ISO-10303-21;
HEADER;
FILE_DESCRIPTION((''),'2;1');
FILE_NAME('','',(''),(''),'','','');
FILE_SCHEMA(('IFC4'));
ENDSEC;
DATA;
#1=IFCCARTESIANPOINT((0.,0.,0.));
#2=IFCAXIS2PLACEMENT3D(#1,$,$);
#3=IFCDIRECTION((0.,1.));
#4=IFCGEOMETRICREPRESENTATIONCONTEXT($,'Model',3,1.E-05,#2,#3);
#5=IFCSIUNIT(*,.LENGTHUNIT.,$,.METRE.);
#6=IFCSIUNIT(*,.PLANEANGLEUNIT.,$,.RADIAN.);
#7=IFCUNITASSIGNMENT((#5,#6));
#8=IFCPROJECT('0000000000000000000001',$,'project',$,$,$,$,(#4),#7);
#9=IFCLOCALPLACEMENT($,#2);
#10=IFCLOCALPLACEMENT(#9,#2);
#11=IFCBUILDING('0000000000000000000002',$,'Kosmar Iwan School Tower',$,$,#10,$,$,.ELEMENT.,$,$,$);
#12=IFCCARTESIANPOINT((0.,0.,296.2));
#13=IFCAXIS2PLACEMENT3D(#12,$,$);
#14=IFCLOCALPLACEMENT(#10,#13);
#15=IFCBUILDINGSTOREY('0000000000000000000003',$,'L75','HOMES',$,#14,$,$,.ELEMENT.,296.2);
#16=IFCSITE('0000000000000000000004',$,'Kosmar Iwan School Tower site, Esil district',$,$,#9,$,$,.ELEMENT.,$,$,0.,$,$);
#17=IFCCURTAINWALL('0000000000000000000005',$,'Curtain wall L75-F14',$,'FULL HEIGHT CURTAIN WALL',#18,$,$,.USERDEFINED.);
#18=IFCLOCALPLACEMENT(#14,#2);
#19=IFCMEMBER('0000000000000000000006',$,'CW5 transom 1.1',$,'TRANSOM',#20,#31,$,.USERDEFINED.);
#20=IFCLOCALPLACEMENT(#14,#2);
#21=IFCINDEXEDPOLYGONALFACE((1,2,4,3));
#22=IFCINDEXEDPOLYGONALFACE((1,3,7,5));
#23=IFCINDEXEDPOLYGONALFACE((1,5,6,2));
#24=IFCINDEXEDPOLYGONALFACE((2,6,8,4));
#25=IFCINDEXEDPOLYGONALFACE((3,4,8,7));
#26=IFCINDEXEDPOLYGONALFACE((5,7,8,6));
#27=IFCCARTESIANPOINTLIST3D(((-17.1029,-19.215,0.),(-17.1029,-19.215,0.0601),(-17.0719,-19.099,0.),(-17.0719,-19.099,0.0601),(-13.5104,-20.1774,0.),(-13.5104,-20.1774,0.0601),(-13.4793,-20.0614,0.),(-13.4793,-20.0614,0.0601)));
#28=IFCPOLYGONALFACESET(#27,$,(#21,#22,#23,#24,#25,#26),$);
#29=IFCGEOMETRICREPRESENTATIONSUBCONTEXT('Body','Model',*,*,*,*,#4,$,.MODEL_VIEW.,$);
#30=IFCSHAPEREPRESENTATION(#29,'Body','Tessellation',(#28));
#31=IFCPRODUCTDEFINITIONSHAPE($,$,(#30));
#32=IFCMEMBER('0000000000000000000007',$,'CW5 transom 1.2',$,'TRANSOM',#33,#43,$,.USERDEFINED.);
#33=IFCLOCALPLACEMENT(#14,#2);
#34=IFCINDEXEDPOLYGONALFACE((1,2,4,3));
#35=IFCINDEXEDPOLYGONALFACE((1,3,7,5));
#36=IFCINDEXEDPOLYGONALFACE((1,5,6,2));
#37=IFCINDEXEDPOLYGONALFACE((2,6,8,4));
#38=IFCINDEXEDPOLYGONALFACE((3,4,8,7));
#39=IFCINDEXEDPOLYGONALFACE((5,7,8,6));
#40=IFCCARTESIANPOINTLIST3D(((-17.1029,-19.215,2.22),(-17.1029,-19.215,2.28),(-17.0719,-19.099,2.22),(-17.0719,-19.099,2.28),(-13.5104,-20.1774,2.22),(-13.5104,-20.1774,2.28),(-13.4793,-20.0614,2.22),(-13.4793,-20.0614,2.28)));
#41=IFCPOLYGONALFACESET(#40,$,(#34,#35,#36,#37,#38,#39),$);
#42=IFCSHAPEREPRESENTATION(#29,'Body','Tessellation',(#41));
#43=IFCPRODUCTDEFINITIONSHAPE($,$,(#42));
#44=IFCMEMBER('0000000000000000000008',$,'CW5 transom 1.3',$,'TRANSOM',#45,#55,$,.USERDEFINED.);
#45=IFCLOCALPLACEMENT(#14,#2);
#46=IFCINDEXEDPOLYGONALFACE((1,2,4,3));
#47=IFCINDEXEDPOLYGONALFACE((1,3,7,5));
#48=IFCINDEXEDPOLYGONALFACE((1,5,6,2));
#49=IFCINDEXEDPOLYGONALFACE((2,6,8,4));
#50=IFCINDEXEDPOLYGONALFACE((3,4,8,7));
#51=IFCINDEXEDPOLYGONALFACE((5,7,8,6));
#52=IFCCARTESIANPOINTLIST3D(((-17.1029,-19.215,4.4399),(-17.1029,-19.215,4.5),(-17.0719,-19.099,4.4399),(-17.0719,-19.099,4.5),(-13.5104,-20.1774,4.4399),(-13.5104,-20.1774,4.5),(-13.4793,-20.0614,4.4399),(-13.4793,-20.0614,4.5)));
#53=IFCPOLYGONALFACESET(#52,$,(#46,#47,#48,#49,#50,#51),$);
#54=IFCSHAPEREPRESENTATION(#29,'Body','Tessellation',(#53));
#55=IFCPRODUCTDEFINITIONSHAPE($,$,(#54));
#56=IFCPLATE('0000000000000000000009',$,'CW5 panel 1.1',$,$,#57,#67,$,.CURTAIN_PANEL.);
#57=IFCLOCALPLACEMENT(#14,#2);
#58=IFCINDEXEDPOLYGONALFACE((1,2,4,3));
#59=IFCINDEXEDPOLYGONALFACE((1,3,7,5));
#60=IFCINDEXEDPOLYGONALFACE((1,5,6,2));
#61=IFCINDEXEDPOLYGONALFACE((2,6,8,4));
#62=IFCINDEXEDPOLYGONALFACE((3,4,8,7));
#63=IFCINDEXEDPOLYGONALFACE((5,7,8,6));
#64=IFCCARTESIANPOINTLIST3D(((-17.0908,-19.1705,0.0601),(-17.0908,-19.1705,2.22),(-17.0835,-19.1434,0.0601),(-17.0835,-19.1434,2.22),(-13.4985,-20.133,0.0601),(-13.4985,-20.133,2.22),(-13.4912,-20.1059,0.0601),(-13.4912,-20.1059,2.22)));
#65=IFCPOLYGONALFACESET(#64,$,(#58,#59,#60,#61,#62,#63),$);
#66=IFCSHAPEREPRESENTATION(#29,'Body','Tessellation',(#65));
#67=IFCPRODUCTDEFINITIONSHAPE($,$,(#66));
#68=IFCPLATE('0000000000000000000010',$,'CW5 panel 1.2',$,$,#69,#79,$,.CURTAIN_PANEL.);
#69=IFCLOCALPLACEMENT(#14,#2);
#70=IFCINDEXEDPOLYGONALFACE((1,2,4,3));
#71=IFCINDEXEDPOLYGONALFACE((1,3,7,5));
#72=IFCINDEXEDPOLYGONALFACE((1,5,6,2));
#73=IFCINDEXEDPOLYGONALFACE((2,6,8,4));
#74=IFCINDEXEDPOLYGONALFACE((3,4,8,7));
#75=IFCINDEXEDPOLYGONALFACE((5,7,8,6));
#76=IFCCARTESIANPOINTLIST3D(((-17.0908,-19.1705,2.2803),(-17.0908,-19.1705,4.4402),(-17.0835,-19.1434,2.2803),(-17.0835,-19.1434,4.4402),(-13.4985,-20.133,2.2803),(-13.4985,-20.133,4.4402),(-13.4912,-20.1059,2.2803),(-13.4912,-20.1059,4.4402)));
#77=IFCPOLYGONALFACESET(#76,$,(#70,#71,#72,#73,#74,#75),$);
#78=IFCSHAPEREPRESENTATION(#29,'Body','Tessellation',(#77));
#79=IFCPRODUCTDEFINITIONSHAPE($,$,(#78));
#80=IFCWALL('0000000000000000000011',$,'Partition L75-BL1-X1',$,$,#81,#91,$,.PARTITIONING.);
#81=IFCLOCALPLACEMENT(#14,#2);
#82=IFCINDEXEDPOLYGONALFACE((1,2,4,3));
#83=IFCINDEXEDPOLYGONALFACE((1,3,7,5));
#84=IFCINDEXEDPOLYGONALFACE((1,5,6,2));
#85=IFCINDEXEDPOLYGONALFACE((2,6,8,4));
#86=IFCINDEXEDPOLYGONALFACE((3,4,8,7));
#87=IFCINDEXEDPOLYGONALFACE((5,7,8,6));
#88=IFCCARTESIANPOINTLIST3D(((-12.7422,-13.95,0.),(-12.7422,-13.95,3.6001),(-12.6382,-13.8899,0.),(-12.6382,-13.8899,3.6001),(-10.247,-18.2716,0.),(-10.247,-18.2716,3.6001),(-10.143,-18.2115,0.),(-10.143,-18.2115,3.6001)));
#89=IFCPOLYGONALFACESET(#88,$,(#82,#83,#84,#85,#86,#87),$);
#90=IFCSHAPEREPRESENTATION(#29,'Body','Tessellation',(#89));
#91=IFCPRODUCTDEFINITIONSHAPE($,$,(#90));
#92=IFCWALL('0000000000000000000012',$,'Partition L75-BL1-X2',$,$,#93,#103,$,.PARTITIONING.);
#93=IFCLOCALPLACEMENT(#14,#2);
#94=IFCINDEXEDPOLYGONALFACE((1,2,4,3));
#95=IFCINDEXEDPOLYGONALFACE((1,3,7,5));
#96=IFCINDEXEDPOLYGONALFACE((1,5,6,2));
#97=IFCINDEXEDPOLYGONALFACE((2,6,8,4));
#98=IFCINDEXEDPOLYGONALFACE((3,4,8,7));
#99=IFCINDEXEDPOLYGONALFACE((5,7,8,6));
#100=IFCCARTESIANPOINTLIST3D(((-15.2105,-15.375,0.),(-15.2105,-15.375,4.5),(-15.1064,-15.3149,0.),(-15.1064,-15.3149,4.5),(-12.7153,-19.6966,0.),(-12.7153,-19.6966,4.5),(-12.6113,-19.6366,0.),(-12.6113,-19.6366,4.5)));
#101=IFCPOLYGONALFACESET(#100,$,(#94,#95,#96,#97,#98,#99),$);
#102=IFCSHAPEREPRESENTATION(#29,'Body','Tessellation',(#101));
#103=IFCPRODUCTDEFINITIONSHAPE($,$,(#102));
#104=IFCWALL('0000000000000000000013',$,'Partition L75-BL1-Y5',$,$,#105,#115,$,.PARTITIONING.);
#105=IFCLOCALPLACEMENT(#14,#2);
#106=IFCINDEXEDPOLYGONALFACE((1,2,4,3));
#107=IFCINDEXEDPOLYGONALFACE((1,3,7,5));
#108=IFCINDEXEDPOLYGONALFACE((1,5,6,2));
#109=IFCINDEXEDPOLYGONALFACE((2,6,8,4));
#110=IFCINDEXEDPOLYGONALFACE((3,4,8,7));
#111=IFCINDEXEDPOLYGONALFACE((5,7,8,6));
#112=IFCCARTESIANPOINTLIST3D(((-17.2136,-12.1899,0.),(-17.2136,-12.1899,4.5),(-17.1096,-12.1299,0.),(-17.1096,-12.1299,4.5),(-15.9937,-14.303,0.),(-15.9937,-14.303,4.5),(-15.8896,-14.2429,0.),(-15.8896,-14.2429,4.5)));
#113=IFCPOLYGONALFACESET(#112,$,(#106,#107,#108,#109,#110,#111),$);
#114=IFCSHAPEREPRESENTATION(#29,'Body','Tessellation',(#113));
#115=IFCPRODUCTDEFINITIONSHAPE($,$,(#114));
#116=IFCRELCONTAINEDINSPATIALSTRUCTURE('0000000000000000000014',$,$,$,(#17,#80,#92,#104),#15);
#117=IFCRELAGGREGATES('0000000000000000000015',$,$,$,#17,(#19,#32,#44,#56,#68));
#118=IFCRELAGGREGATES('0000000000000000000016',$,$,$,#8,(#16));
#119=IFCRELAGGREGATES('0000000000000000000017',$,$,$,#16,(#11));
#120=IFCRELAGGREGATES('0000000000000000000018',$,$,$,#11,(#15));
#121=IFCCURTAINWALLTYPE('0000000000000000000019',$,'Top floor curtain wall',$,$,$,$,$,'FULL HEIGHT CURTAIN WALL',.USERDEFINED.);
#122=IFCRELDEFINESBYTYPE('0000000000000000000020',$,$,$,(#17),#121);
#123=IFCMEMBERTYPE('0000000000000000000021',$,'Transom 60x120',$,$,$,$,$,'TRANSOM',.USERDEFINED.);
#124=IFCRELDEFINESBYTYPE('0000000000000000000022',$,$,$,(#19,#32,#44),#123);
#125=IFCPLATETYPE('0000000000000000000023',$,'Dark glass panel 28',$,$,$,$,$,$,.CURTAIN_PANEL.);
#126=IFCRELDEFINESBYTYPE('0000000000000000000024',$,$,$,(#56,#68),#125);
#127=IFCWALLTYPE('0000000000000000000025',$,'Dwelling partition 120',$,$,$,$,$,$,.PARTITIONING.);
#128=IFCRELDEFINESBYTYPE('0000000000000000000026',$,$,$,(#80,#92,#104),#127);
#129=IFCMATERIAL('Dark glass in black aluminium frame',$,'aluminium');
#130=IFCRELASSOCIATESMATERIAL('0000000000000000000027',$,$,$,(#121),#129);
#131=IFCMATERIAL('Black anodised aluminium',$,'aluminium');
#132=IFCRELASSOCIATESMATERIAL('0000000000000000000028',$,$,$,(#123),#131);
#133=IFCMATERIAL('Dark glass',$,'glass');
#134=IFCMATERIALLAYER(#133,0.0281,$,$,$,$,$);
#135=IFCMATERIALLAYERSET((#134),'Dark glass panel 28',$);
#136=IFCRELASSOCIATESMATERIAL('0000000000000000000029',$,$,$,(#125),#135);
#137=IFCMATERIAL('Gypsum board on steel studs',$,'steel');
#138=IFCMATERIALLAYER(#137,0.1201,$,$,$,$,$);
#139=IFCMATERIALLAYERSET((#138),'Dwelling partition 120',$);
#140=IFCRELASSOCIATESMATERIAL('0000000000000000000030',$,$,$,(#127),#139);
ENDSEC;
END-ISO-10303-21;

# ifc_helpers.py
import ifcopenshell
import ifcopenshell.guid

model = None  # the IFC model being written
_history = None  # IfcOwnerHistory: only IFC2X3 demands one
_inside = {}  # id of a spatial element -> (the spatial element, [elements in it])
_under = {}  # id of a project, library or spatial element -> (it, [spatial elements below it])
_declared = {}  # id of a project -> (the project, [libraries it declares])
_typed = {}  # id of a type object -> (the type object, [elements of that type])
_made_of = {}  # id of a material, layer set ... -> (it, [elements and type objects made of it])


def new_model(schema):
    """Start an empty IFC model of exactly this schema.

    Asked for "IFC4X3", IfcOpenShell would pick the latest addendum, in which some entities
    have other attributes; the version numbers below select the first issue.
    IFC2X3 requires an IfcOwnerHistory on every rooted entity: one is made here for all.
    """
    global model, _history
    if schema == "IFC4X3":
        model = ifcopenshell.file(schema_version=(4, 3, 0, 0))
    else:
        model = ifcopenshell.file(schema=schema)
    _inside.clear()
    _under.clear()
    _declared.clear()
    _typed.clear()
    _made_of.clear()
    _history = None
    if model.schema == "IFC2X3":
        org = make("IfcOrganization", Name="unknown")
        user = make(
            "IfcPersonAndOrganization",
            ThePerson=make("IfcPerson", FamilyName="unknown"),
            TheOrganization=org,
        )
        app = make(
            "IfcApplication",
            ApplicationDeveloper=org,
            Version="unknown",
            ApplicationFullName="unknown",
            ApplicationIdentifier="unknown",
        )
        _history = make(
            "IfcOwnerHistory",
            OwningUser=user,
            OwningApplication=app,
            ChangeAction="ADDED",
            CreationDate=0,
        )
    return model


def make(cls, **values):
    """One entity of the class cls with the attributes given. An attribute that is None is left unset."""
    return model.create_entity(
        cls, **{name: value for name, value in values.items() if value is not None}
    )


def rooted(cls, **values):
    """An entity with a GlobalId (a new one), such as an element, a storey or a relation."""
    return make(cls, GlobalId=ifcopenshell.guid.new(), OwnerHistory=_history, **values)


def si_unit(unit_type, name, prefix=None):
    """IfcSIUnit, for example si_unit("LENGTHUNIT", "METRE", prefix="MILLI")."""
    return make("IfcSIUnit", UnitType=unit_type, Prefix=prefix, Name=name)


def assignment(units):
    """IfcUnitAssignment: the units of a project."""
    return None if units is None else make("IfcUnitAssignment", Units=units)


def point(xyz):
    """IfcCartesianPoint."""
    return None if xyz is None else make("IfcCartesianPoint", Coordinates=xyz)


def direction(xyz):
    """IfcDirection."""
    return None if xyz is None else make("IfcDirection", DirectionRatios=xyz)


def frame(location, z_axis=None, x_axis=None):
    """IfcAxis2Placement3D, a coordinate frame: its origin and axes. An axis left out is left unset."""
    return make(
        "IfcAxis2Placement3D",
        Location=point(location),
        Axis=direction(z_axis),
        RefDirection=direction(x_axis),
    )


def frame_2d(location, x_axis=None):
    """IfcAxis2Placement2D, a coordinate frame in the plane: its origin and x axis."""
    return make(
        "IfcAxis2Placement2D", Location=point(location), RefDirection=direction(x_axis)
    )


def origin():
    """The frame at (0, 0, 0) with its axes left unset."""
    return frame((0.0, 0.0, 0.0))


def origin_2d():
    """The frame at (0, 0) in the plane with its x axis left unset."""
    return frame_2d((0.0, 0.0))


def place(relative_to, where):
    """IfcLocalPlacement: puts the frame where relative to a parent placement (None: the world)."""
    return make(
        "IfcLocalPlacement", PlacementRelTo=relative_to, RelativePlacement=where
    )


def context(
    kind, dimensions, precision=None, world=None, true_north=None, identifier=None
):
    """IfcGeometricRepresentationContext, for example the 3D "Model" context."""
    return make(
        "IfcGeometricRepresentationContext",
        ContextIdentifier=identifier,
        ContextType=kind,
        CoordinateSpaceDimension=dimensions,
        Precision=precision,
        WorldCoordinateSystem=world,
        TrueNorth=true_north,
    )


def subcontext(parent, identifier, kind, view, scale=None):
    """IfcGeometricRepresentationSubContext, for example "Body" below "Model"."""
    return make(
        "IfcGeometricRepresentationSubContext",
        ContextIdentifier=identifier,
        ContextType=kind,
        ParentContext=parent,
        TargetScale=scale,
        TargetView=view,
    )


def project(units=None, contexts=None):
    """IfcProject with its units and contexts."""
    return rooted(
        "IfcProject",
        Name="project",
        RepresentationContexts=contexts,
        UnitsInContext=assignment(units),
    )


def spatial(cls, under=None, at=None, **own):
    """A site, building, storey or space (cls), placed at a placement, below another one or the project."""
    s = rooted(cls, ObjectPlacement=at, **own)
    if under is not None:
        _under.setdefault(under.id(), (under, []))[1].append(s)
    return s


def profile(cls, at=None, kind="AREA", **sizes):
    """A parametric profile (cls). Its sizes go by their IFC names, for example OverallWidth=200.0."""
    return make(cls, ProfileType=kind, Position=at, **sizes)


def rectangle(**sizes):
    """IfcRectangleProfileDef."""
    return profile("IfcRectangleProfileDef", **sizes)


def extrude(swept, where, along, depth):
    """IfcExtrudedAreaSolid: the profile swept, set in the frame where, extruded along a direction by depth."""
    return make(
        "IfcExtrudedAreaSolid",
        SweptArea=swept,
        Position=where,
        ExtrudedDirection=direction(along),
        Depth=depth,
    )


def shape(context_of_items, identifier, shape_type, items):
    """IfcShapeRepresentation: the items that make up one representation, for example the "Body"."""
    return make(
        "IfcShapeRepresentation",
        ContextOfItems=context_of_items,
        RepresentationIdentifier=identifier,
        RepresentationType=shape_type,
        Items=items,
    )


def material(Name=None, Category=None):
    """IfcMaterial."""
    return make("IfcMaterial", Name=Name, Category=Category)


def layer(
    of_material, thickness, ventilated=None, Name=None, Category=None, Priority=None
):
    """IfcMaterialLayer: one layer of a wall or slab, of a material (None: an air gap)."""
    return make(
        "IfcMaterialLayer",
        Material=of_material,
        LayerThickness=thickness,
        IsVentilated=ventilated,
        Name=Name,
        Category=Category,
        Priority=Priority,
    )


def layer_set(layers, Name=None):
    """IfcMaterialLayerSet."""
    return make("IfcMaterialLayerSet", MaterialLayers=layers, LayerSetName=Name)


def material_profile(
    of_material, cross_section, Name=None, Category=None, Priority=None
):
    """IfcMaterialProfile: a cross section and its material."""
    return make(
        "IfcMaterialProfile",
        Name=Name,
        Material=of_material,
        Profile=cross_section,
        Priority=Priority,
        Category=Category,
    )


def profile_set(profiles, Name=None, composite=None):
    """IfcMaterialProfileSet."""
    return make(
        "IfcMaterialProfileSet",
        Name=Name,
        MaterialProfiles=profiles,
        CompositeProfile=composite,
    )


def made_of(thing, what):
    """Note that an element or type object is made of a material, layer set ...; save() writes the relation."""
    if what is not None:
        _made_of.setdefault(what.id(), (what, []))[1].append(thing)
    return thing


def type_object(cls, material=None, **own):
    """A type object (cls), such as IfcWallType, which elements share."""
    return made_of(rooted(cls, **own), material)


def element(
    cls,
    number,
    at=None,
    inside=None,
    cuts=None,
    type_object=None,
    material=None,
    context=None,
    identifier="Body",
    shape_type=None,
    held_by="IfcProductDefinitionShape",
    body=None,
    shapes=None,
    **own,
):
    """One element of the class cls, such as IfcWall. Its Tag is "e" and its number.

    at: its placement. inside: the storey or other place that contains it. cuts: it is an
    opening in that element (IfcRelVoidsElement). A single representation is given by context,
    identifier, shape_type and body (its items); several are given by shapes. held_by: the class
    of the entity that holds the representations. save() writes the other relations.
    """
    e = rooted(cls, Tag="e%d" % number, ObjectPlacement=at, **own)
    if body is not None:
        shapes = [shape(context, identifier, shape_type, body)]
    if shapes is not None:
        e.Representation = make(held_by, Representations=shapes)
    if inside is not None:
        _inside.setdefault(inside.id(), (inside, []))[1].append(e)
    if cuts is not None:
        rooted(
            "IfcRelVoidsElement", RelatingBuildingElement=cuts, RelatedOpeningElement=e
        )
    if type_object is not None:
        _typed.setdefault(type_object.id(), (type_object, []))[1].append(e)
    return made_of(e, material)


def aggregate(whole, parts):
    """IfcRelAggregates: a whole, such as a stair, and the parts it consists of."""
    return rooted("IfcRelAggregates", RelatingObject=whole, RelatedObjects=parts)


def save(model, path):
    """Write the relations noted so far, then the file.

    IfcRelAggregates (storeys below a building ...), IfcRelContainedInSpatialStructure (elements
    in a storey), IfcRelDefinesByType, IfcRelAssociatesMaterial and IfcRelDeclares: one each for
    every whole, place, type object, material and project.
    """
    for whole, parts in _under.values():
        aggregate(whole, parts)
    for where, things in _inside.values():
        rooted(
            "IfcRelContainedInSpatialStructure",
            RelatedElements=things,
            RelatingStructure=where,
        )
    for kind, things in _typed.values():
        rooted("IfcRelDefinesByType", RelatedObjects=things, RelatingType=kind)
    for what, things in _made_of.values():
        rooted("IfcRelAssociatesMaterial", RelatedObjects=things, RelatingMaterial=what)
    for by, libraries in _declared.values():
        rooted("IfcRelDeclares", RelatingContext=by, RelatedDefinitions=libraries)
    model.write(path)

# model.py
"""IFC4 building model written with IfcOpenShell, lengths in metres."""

from ifc_helpers import new_model, si_unit, direction, frame, frame_2d, origin, origin_2d, place, context, subcontext, project, spatial, rectangle, extrude, material, layer, layer_set, material_profile, profile_set, type_object, element, aggregate, save


model = new_model("IFC4")

# Units and contexts
model_context = context("Model", 3, precision=1e-05, world=origin(), true_north=direction((0.0, 1.0)))
body_context = subcontext(model_context, "Body", "Model", "MODEL_VIEW")
ifc_project = project(units=[si_unit("LENGTHUNIT", "METRE"), si_unit("PLANEANGLEUNIT", "RADIAN")], contexts=[model_context])

# Site, building, storey
site_placement = place(None, origin())
site = spatial("IfcSite", under=ifc_project, at=site_placement, Name="Kosmar Iwan School Tower site, Esil district", CompositionType="ELEMENT", RefElevation=0.0)
building_placement = place(site_placement, origin())
building = spatial("IfcBuilding", under=site, at=building_placement, Name="Kosmar Iwan School Tower", CompositionType="ELEMENT")
storey_placement = place(building_placement, frame((0.0, 0.0, 296.2)))
storey = spatial("IfcBuildingStorey", under=building, at=storey_placement, Name="L75", Description="HOMES", CompositionType="ELEMENT", Elevation=296.2)

# Shared definitions
ifc_material_1 = material(Name="Dark glass in black aluminium frame", Category="aluminium")
curtain_wall_type = type_object("IfcCurtainWallType", Name="Top floor curtain wall", ElementType="FULL HEIGHT CURTAIN WALL", PredefinedType="USERDEFINED", material=ifc_material_1)

# Curtain wall
curtain_wall_1_placement = place(storey_placement, origin())
curtain_wall_1 = element("IfcCurtainWall", 1, at=curtain_wall_1_placement, inside=storey, type_object=curtain_wall_type, Name="Curtain wall L75-F14", ObjectType="FULL HEIGHT CURTAIN WALL", PredefinedType="USERDEFINED")

# Members
ifc_material_2 = material(Name="Black anodised aluminium", Category="aluminium")
ifc_material_profile_1 = material_profile(ifc_material_2, rectangle(XDim=0.1201, YDim=0.0601, at=origin_2d()), Name="TRANSOM 60x120")
ifc_profile_set_1 = profile_set([ifc_material_profile_1], Name="Black anodised aluminium")
member_type_1 = type_object("IfcMemberType", Name="Transom 60x120", ElementType="TRANSOM", PredefinedType="USERDEFINED", material=ifc_profile_set_1)
member_1_placement = place(storey_placement, frame((-17.0874, -19.157, 0.03), z_axis=(0.96594, -0.258766, 0.0), x_axis=(0.258766, 0.96594, 0.0)))
member_1 = element("IfcMember", 2, at=member_1_placement, type_object=member_type_1, Name="CW5 transom 1.1", ObjectType="TRANSOM", PredefinedType="USERDEFINED", context=body_context, shape_type="SweptSolid", body=[
    extrude(rectangle(XDim=0.1201, YDim=0.0601, at=origin_2d()), origin(), (0.0, 0.0, 1.0), 3.7192),
])
member_2_placement = place(storey_placement, frame((-17.0874, -19.157, 2.25), z_axis=(0.96594, -0.258766, 0.0), x_axis=(0.258766, 0.96594, 0.0)))
member_2 = element("IfcMember", 3, at=member_2_placement, type_object=member_type_1, Name="CW5 transom 1.2", ObjectType="TRANSOM", PredefinedType="USERDEFINED", context=body_context, shape_type="SweptSolid", body=[
    extrude(rectangle(XDim=0.1201, YDim=0.0601, at=origin_2d()), origin(), (0.0, 0.0, 1.0), 3.7192),
])
member_3_placement = place(storey_placement, frame((-17.0874, -19.157, 4.47), z_axis=(0.96594, -0.258766, 0.0), x_axis=(0.258766, 0.96594, 0.0)))
member_3 = element("IfcMember", 4, at=member_3_placement, type_object=member_type_1, Name="CW5 transom 1.3", ObjectType="TRANSOM", PredefinedType="USERDEFINED", context=body_context, shape_type="SweptSolid", body=[
    extrude(rectangle(XDim=0.1201, YDim=0.0601, at=origin_2d()), origin(), (0.0, 0.0, 1.0), 3.7192),
])

# Plates
ifc_material_3 = material(Name="Dark glass", Category="glass")
ifc_layer_1 = layer(ifc_material_3, 0.0281)
ifc_layer_set_1 = layer_set([ifc_layer_1], Name="Dark glass panel 28")
plate_type = type_object("IfcPlateType", Name="Dark glass panel 28", PredefinedType="CURTAIN_PANEL", material=ifc_layer_set_1)
plate_1_placement = place(storey_placement, frame((-15.291, -19.6382, 0.0601), z_axis=(0.0, 0.0, 1.0), x_axis=(0.965926, -0.258819, 0.0)))
plate_1 = element("IfcPlate", 5, at=plate_1_placement, type_object=plate_type, Name="CW5 panel 1.1", PredefinedType="CURTAIN_PANEL", context=body_context, shape_type="SweptSolid", body=[
    extrude(rectangle(XDim=3.719, YDim=0.0281, at=origin_2d()), origin(), (0.0, 0.0, 1.0), 2.1599),
])
plate_2_placement = place(storey_placement, frame((-15.291, -19.6382, 2.2803), z_axis=(0.0, 0.0, 1.0), x_axis=(0.965926, -0.258819, 0.0)))
plate_2 = element("IfcPlate", 6, at=plate_2_placement, type_object=plate_type, Name="CW5 panel 1.2", PredefinedType="CURTAIN_PANEL", context=body_context, shape_type="SweptSolid", body=[
    extrude(rectangle(XDim=3.719, YDim=0.0281, at=origin_2d()), origin(), (0.0, 0.0, 1.0), 2.1599),
])
aggregate(curtain_wall_1, [member_1, member_2, member_3, plate_1, plate_2])

# Walls
ifc_material_4 = material(Name="Gypsum board on steel studs", Category="steel")
ifc_layer_2 = layer(ifc_material_4, 0.1201)
ifc_layer_set_2 = layer_set([ifc_layer_2], Name="Dwelling partition 120")
wall_type = type_object("IfcWallType", Name="Dwelling partition 120", PredefinedType="PARTITIONING", material=ifc_layer_set_2)
wall_1_placement = place(storey_placement, frame((-12.6902, -13.9199, 0.0), z_axis=(0.0, 0.0, 1.0), x_axis=(0.500012, -0.866019, 0.0)))
element("IfcWall", 7, at=wall_1_placement, inside=storey, type_object=wall_type, Name="Partition L75-BL1-X1", PredefinedType="PARTITIONING", context=body_context, shape_type="SweptSolid", body=[
    extrude(rectangle(XDim=4.9902, YDim=0.1201, at=frame_2d((2.4951, 0.0))), origin(), (0.0, 0.0, 1.0), 3.6001),
])
wall_2_placement = place(storey_placement, frame((-15.1584, -15.345, 0.0), z_axis=(0.0, 0.0, 1.0), x_axis=(0.500012, -0.866019, 0.0)))
element("IfcWall", 8, at=wall_2_placement, inside=storey, type_object=wall_type, Name="Partition L75-BL1-X2", PredefinedType="PARTITIONING", context=body_context, shape_type="SweptSolid", body=[
    extrude(rectangle(XDim=4.9902, YDim=0.1201, at=frame_2d((2.4951, 0.0))), origin(), (0.0, 0.0, 1.0), 4.5),
])
wall_3_placement = place(storey_placement, frame((-17.1616, -12.1599, 0.0), z_axis=(0.0, 0.0, 1.0), x_axis=(0.500003, -0.866024, 0.0)))
element("IfcWall", 9, at=wall_3_placement, inside=storey, type_object=wall_type, Name="Partition L75-BL1-Y5", PredefinedType="PARTITIONING", context=body_context, shape_type="SweptSolid", body=[
    extrude(rectangle(XDim=2.4399, YDim=0.1201, at=frame_2d((1.22, 0.0))), origin(), (0.0, 0.0, 1.0), 4.5),
])

save(model, "model.ifc")
